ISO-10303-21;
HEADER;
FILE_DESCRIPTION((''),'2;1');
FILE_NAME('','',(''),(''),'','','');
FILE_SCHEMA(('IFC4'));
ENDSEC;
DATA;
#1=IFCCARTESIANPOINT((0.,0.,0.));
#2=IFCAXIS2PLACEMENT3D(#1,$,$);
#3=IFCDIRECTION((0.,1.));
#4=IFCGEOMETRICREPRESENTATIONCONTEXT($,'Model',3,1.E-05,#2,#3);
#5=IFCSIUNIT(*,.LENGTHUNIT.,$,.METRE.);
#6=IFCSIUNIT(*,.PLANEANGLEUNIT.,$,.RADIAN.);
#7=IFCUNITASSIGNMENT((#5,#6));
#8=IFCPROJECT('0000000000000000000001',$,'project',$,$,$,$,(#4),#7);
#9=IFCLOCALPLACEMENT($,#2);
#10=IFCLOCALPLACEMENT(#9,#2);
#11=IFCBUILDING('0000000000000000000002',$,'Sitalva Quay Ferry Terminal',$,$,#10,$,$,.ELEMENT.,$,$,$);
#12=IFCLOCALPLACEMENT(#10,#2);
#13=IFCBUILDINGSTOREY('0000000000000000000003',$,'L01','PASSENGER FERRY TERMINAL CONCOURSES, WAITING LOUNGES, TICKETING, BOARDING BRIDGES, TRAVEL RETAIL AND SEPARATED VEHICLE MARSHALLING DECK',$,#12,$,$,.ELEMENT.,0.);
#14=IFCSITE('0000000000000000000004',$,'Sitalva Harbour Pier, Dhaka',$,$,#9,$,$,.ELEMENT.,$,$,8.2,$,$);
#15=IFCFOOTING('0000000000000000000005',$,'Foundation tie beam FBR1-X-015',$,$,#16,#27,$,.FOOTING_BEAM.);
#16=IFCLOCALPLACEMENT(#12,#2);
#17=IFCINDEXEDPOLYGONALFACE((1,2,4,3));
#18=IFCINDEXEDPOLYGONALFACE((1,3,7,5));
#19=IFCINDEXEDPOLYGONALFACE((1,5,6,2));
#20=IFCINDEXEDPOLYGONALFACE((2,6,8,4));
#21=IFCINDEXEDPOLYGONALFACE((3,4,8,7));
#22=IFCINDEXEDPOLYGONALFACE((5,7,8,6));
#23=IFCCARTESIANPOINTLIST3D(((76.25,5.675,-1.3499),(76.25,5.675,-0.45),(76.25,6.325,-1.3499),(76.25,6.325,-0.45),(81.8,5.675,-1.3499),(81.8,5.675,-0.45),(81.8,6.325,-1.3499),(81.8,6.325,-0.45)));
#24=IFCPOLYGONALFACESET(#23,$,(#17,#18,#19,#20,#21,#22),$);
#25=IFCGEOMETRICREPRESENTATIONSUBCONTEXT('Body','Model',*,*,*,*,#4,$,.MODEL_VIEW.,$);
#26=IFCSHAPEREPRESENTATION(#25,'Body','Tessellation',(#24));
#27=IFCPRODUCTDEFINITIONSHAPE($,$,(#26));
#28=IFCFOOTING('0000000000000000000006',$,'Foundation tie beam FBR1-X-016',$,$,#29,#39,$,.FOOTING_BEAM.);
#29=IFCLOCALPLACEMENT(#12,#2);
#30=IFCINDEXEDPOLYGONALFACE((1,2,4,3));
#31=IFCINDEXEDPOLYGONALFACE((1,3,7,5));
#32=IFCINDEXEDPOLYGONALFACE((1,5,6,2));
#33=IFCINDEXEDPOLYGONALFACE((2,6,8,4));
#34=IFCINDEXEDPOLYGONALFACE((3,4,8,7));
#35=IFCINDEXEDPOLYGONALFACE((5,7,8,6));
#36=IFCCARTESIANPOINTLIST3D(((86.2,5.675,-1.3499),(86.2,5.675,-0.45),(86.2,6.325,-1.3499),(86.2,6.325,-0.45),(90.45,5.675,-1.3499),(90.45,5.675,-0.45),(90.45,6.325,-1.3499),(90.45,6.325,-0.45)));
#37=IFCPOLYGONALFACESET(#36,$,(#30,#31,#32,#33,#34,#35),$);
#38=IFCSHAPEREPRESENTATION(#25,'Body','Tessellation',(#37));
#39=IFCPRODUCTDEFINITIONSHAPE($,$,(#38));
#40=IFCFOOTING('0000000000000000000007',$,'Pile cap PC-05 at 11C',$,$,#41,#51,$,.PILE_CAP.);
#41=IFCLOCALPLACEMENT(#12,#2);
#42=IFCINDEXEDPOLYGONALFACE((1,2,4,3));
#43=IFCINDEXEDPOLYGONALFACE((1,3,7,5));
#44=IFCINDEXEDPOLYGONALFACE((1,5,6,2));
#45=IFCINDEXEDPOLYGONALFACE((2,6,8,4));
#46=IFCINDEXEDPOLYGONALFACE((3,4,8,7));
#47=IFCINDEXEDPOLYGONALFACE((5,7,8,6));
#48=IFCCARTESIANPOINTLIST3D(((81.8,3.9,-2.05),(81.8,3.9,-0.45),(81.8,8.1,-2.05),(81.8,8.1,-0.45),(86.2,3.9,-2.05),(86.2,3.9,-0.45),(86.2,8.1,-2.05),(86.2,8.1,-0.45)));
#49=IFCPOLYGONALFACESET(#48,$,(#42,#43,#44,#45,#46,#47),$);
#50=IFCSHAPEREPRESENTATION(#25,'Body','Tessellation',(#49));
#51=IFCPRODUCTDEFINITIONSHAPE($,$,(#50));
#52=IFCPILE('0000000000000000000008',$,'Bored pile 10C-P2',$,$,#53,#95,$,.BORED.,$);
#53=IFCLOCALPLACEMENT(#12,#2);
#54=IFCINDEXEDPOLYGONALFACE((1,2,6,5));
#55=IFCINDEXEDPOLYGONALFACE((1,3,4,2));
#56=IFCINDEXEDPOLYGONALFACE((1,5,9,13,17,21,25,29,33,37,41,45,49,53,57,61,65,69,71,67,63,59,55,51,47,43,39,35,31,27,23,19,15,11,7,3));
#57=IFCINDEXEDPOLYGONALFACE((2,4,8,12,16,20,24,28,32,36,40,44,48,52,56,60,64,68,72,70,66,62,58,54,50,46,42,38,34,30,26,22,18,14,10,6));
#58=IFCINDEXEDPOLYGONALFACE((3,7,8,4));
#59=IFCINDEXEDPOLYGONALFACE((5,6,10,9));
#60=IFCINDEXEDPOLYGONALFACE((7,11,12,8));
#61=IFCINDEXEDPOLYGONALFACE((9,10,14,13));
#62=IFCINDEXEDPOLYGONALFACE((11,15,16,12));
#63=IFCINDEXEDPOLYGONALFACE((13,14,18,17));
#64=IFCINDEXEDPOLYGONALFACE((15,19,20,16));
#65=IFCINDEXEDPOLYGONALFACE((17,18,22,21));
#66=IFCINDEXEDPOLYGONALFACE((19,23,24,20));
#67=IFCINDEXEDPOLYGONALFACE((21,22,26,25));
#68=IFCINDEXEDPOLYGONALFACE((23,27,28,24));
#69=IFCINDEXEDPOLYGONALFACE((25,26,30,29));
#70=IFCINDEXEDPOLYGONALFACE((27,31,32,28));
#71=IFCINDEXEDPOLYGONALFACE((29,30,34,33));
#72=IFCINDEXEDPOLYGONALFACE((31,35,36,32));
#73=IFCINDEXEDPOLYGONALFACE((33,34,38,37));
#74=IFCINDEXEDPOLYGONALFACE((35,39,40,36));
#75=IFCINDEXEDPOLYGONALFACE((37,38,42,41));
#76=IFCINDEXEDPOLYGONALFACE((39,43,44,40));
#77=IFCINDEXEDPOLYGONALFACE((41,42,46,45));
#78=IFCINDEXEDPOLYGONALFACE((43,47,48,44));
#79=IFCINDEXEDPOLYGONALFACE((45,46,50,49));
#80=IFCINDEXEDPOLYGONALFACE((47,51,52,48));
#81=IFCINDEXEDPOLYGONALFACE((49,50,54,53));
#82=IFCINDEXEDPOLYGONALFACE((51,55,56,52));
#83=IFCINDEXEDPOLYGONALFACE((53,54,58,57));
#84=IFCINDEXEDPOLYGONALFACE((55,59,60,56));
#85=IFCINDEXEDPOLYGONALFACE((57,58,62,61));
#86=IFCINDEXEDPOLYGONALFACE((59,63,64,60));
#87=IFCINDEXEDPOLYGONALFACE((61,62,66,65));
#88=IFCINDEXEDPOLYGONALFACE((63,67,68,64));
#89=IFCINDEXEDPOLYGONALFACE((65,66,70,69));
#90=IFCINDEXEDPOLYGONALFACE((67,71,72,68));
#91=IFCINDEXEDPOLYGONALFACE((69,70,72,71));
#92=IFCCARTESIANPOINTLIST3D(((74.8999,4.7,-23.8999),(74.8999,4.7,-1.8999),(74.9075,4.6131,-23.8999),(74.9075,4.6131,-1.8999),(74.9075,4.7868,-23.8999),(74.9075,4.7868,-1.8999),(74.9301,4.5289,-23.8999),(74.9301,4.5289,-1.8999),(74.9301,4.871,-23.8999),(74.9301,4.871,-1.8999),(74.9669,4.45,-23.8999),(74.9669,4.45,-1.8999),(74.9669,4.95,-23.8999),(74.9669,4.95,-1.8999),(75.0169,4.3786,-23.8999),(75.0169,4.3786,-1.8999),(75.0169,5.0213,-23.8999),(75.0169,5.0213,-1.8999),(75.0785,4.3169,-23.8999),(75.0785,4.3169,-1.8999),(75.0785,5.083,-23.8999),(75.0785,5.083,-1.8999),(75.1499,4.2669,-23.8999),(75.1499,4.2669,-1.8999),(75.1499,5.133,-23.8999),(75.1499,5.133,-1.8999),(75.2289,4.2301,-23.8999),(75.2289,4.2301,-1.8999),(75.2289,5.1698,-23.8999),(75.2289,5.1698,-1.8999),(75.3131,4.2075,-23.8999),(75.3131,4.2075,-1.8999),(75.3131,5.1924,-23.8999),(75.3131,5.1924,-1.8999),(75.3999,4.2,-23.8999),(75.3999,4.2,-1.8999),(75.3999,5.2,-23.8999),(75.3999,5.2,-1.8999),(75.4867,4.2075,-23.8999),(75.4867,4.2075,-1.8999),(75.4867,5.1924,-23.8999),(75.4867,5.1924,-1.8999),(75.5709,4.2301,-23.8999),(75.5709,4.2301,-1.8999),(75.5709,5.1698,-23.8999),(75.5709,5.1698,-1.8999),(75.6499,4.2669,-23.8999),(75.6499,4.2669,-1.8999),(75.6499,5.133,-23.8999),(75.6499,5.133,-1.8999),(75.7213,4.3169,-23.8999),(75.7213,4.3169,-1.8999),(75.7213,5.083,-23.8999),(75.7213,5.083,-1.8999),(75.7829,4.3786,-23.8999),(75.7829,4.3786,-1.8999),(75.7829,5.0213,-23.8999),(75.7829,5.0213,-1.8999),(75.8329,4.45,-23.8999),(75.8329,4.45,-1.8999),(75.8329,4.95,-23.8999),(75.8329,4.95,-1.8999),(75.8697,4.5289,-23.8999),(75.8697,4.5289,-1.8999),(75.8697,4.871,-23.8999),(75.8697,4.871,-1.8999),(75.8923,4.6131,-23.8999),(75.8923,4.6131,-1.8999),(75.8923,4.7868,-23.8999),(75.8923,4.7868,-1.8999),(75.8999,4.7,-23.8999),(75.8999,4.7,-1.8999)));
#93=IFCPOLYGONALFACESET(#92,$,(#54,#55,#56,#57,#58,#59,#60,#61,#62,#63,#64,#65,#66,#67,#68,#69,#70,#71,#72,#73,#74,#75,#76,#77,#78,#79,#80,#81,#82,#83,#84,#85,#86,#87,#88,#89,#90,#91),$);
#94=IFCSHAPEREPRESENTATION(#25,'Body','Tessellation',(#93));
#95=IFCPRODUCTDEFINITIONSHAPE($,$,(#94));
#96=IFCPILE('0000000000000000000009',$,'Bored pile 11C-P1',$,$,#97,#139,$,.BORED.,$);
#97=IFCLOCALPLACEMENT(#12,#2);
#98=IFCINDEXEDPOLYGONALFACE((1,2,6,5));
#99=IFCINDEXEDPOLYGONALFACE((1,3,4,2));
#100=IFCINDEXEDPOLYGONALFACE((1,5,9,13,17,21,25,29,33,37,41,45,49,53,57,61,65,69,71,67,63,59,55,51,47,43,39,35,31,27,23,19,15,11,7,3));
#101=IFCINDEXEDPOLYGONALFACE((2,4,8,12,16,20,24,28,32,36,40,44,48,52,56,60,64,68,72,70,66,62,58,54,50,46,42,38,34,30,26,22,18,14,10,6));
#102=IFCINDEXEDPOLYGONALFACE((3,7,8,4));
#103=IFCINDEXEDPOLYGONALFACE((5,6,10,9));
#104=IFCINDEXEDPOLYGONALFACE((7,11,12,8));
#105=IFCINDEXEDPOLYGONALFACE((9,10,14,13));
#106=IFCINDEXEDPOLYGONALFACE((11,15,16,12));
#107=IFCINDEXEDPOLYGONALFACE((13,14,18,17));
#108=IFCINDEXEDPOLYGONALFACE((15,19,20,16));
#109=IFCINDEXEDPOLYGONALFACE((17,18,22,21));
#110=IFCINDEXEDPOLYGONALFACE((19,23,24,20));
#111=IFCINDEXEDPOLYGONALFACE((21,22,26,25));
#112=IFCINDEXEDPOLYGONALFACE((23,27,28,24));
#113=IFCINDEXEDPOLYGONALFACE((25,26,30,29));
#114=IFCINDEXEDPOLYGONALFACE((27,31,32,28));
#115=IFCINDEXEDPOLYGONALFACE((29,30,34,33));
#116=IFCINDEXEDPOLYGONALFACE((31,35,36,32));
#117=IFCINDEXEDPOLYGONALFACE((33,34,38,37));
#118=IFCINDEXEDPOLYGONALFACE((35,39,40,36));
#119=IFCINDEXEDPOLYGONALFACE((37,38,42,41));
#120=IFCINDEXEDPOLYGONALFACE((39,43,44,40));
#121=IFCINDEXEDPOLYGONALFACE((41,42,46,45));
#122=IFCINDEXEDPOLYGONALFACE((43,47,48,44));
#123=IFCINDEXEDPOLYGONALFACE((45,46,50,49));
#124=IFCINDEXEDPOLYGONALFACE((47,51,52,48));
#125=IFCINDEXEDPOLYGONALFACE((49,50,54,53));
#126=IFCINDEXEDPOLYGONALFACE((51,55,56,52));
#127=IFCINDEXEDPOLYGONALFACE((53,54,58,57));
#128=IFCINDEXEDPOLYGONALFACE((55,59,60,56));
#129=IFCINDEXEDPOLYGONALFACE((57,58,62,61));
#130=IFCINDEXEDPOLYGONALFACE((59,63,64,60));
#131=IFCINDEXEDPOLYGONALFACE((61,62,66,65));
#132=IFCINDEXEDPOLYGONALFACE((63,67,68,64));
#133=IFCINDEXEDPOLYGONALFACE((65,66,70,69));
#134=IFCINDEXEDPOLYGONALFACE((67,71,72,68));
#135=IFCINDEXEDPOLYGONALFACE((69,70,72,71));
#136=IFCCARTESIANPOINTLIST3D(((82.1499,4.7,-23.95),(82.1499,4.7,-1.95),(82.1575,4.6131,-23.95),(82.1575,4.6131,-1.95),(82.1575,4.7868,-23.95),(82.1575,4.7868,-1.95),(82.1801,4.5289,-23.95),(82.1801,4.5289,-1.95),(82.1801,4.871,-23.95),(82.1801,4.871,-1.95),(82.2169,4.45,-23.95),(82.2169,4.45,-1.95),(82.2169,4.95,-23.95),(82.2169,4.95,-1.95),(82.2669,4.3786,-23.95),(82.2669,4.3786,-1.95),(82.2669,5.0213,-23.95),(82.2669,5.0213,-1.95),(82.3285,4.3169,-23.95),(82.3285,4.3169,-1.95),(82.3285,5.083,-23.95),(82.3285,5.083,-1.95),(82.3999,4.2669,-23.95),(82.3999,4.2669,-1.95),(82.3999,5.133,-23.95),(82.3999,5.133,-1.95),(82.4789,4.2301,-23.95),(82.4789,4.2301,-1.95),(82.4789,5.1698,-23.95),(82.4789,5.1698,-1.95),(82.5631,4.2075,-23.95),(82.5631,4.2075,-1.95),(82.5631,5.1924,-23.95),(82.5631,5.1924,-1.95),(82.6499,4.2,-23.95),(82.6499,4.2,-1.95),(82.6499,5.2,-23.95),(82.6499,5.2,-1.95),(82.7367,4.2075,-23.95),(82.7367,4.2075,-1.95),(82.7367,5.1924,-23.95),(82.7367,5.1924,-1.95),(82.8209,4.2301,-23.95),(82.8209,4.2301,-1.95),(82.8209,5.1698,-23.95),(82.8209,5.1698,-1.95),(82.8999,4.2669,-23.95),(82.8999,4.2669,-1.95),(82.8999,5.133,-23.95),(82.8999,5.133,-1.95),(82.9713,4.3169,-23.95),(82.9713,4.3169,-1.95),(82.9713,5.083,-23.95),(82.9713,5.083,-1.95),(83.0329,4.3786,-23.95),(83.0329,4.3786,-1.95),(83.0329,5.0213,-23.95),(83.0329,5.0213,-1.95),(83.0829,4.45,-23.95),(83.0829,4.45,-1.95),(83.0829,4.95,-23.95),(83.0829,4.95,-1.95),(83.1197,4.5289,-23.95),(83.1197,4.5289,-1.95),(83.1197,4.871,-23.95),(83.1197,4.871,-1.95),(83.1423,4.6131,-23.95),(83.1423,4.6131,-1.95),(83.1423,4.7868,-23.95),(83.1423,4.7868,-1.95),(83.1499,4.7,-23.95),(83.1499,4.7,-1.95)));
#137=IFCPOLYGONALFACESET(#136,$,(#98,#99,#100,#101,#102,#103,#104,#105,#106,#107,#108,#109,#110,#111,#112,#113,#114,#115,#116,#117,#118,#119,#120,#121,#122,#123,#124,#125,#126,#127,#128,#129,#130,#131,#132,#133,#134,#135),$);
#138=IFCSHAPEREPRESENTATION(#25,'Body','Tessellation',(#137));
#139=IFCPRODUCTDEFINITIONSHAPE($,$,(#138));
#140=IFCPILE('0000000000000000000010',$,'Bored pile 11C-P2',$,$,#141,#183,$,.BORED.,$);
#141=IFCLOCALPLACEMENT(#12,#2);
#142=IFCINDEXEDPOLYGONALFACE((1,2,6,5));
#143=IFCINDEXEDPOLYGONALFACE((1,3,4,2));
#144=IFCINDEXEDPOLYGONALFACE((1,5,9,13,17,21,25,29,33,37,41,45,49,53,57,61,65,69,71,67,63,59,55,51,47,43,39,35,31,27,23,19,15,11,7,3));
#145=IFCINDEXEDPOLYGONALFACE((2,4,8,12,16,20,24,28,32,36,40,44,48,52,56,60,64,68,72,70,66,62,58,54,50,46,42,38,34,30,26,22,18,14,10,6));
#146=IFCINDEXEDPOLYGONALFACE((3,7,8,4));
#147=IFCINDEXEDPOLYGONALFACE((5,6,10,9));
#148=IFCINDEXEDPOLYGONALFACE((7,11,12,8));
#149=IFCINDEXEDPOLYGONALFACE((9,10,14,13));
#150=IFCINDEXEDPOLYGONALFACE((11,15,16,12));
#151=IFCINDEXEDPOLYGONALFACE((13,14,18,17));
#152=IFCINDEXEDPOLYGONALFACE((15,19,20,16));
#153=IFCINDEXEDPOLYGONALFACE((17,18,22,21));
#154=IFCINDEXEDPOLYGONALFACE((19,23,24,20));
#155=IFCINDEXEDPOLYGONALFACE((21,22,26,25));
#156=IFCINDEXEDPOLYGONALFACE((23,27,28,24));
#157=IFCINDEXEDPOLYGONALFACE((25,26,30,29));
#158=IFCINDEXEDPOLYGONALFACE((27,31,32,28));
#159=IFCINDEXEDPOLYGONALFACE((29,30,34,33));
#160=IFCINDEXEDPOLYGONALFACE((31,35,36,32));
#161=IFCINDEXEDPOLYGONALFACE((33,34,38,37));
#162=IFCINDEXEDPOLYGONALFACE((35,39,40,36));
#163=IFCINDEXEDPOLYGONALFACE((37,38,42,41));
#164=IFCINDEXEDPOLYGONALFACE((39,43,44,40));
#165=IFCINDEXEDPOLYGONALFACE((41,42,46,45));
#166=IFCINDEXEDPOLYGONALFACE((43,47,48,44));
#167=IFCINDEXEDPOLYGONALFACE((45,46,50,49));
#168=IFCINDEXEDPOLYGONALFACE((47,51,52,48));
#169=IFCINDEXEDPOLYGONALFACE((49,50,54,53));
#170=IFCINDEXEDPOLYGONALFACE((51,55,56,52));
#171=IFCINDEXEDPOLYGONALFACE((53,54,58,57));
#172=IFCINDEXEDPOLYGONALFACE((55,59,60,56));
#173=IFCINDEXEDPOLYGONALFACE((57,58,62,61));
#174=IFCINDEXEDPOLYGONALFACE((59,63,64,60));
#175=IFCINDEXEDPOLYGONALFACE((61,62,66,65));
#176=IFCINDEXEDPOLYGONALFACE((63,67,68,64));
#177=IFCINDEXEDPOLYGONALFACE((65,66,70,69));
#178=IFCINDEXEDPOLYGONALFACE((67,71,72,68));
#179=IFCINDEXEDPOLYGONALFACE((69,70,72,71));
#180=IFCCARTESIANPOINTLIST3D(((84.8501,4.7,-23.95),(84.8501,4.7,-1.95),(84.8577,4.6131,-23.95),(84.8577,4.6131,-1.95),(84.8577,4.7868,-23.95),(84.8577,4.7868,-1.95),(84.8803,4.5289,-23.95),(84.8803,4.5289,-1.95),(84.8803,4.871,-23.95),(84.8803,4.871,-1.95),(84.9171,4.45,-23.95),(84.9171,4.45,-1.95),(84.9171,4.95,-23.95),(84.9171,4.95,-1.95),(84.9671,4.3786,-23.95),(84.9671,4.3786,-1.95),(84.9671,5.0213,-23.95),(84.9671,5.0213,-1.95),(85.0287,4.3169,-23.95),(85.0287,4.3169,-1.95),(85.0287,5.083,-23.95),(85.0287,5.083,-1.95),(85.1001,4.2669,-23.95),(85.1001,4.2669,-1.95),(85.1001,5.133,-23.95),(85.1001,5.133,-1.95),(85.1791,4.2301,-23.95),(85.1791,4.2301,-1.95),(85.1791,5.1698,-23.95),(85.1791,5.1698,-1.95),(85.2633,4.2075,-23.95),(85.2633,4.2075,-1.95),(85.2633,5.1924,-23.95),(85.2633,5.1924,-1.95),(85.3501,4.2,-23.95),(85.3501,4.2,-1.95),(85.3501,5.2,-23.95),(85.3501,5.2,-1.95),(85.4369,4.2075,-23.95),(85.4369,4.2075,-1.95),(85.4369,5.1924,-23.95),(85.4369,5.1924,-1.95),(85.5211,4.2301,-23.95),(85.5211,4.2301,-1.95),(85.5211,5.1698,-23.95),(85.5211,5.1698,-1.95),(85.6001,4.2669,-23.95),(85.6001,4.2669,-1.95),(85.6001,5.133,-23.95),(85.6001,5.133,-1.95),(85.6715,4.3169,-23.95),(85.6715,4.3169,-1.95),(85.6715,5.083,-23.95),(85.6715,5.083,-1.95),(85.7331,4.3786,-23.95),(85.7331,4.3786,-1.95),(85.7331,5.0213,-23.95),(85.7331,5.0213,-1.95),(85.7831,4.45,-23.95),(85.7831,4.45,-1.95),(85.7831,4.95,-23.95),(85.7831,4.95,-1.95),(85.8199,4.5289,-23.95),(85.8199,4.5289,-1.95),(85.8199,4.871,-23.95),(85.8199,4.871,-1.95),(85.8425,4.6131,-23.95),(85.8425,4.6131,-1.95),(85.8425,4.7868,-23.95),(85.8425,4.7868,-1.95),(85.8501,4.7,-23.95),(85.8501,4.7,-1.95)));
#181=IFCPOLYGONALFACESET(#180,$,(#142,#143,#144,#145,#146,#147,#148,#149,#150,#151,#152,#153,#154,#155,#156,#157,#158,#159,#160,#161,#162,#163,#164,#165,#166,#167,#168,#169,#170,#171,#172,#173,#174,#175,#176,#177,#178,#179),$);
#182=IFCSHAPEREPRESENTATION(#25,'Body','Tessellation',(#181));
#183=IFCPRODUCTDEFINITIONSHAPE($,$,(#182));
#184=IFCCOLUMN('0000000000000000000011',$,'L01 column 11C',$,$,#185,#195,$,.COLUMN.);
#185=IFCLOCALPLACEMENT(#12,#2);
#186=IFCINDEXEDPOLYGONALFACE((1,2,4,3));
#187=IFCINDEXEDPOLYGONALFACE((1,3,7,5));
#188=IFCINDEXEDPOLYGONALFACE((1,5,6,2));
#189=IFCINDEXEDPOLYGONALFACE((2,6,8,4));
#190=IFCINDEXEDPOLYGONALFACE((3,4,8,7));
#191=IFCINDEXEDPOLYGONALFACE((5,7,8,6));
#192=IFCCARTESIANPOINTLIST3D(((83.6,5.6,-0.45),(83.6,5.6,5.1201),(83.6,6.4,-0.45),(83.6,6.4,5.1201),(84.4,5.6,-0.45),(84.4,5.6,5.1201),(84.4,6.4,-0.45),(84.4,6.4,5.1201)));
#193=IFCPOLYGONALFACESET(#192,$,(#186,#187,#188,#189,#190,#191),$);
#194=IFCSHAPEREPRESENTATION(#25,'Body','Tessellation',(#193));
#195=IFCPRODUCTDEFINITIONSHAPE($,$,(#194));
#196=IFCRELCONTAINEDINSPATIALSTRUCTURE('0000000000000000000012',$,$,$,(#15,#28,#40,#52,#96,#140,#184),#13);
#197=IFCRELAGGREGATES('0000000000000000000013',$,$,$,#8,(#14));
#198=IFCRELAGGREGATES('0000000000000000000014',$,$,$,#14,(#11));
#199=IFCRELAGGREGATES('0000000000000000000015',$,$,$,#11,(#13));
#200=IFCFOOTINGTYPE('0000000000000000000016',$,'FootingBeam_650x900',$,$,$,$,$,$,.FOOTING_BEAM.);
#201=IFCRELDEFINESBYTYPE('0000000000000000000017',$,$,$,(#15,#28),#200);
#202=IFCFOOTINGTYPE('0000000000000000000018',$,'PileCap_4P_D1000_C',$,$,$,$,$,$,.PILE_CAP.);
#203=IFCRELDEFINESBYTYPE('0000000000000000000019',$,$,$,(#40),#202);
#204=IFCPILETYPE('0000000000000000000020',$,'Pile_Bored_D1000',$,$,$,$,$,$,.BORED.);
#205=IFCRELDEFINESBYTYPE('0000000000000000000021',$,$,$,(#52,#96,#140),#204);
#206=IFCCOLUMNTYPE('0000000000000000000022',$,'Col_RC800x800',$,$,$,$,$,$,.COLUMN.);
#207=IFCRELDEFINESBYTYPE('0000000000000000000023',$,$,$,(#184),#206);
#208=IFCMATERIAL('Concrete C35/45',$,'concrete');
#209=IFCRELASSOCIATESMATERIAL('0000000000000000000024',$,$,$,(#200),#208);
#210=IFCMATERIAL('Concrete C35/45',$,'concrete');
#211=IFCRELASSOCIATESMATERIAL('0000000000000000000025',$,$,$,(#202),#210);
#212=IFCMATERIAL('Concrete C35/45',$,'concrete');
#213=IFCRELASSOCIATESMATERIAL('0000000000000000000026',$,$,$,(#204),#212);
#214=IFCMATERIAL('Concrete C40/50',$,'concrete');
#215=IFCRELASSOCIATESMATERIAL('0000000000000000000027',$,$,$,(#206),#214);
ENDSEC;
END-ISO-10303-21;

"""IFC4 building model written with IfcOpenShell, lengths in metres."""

from ifc_helpers import new_model, si_unit, direction, frame, origin, origin_2d, place, context, subcontext, project, spatial, rectangle, circle, extrude, material, material_profile, profile_set, type_object, element, save


model = new_model("IFC4")

# Units and contexts
model_context = context("Model", 3, precision=1e-05, world=origin(), true_north=direction((0.0, 1.0)))
body_context = subcontext(model_context, "Body", "Model", "MODEL_VIEW")
ifc_project = project(units=[si_unit("LENGTHUNIT", "METRE"), si_unit("PLANEANGLEUNIT", "RADIAN")], contexts=[model_context])

# Site, building, storey
site_placement = place(None, origin())
site = spatial("IfcSite", under=ifc_project, at=site_placement, Name="Sitalva Harbour Pier, Dhaka", CompositionType="ELEMENT", RefElevation=8.2)
building_placement = place(site_placement, origin())
building = spatial("IfcBuilding", under=site, at=building_placement, Name="Sitalva Quay Ferry Terminal", CompositionType="ELEMENT")
storey_placement = place(building_placement, origin())
storey = spatial("IfcBuildingStorey", under=building, at=storey_placement, Name="L01", Description="PASSENGER FERRY TERMINAL CONCOURSES, WAITING LOUNGES, TICKETING, BOARDING BRIDGES, TRAVEL RETAIL AND SEPARATED VEHICLE MARSHALLING DECK", CompositionType="ELEMENT", Elevation=0.0)

# Footings
ifc_material_1 = material(Name="Concrete C35/45", Category="concrete")
ifc_material_profile_1 = material_profile(ifc_material_1, rectangle(XDim=0.6499, YDim=0.8999, at=origin_2d()), Name="RC650x900")
ifc_profile_set_1 = profile_set([ifc_material_profile_1], Name="Concrete C35/45")
footing_type_1 = type_object("IfcFootingType", Name="FootingBeam_650x900", PredefinedType="FOOTING_BEAM", material=ifc_profile_set_1)
footing_1_placement = place(storey_placement, frame((76.25, 6.0, -0.8999), z_axis=(1.0, 0.0, 0.0), x_axis=(0.0, 1.0, 0.0)))
element("IfcFooting", 1, at=footing_1_placement, inside=storey, type_object=footing_type_1, Name="Foundation tie beam FBR1-X-015", PredefinedType="FOOTING_BEAM", context=body_context, shape_type="SweptSolid", body=[
    extrude(rectangle(XDim=0.6499, YDim=0.8999, at=origin_2d()), origin(), (0.0, 0.0, 1.0), 5.55),
])
footing_2_placement = place(storey_placement, frame((86.2, 6.0, -0.8999), z_axis=(1.0, 0.0, 0.0), x_axis=(0.0, 1.0, 0.0)))
element("IfcFooting", 2, at=footing_2_placement, inside=storey, type_object=footing_type_1, Name="Foundation tie beam FBR1-X-016", PredefinedType="FOOTING_BEAM", context=body_context, shape_type="SweptSolid", body=[
    extrude(rectangle(XDim=0.6499, YDim=0.8999, at=origin_2d()), origin(), (0.0, 0.0, 1.0), 4.25),
])
ifc_material_2 = material(Name="Concrete C35/45", Category="concrete")
footing_type_2 = type_object("IfcFootingType", Name="PileCap_4P_D1000_C", PredefinedType="PILE_CAP", material=ifc_material_2)
footing_3_placement = place(storey_placement, frame((84.0, 6.0, -2.05), z_axis=(0.0, 0.0, 1.0), x_axis=(1.0, 0.0, 0.0)))
element("IfcFooting", 3, at=footing_3_placement, inside=storey, type_object=footing_type_2, Name="Pile cap PC-05 at 11C", PredefinedType="PILE_CAP", context=body_context, shape_type="SweptSolid", body=[
    extrude(rectangle(XDim=4.3999, YDim=4.2, at=origin_2d()), origin(), (0.0, 0.0, 1.0), 1.6001),
])

# Piles
ifc_material_3 = material(Name="Concrete C35/45", Category="concrete")
ifc_material_profile_2 = material_profile(ifc_material_3, circle(Radius=0.5, at=origin_2d()), Name="PILE-D1000")
ifc_profile_set_2 = profile_set([ifc_material_profile_2], Name="Concrete C35/45")
pile_type = type_object("IfcPileType", Name="Pile_Bored_D1000", PredefinedType="BORED", material=ifc_profile_set_2)
for number, where, z_axis, x_axis, name in (
    (4, (75.3999, 4.7, -1.8999), (0.0, 0.0, -1.0), (1.0, 0.0, 0.0), "Bored pile 10C-P2"),
    (5, (82.6499, 4.7, -1.95), (0.0, 0.0, -1.0), (1.0, 0.0, 0.0), "Bored pile 11C-P1"),
    (6, (85.3501, 4.7, -1.95), (0.0, 0.0, -1.0), (1.0, 0.0, 0.0), "Bored pile 11C-P2"),
):
    element("IfcPile", number, at=place(storey_placement, frame(where, z_axis=z_axis, x_axis=x_axis)), inside=storey, type_object=pile_type, Name=name, PredefinedType="BORED", context=body_context, shape_type="SweptSolid", body=[
        extrude(circle(Radius=0.5, at=origin_2d()), origin(), (0.0, 0.0, 1.0), 22.0),
    ])

# Column
ifc_material_4 = material(Name="Concrete C40/50", Category="concrete")
ifc_material_profile_3 = material_profile(ifc_material_4, rectangle(XDim=0.8, YDim=0.8, at=origin_2d()), Name="RC800x800")
ifc_profile_set_3 = profile_set([ifc_material_profile_3], Name="Concrete C40/50")
column_type = type_object("IfcColumnType", Name="Col_RC800x800", PredefinedType="COLUMN", material=ifc_profile_set_3)
column_placement = place(storey_placement, frame((84.0, 6.0, -0.45), z_axis=(0.0, 0.0, 1.0), x_axis=(1.0, 0.0, 0.0)))
element("IfcColumn", 7, at=column_placement, inside=storey, type_object=column_type, Name="L01 column 11C", PredefinedType="COLUMN", context=body_context, shape_type="SweptSolid", body=[
    extrude(rectangle(XDim=0.8, YDim=0.8, at=origin_2d()), origin(), (0.0, 0.0, 1.0), 5.5701),
])

save(model, "model.ifc")
